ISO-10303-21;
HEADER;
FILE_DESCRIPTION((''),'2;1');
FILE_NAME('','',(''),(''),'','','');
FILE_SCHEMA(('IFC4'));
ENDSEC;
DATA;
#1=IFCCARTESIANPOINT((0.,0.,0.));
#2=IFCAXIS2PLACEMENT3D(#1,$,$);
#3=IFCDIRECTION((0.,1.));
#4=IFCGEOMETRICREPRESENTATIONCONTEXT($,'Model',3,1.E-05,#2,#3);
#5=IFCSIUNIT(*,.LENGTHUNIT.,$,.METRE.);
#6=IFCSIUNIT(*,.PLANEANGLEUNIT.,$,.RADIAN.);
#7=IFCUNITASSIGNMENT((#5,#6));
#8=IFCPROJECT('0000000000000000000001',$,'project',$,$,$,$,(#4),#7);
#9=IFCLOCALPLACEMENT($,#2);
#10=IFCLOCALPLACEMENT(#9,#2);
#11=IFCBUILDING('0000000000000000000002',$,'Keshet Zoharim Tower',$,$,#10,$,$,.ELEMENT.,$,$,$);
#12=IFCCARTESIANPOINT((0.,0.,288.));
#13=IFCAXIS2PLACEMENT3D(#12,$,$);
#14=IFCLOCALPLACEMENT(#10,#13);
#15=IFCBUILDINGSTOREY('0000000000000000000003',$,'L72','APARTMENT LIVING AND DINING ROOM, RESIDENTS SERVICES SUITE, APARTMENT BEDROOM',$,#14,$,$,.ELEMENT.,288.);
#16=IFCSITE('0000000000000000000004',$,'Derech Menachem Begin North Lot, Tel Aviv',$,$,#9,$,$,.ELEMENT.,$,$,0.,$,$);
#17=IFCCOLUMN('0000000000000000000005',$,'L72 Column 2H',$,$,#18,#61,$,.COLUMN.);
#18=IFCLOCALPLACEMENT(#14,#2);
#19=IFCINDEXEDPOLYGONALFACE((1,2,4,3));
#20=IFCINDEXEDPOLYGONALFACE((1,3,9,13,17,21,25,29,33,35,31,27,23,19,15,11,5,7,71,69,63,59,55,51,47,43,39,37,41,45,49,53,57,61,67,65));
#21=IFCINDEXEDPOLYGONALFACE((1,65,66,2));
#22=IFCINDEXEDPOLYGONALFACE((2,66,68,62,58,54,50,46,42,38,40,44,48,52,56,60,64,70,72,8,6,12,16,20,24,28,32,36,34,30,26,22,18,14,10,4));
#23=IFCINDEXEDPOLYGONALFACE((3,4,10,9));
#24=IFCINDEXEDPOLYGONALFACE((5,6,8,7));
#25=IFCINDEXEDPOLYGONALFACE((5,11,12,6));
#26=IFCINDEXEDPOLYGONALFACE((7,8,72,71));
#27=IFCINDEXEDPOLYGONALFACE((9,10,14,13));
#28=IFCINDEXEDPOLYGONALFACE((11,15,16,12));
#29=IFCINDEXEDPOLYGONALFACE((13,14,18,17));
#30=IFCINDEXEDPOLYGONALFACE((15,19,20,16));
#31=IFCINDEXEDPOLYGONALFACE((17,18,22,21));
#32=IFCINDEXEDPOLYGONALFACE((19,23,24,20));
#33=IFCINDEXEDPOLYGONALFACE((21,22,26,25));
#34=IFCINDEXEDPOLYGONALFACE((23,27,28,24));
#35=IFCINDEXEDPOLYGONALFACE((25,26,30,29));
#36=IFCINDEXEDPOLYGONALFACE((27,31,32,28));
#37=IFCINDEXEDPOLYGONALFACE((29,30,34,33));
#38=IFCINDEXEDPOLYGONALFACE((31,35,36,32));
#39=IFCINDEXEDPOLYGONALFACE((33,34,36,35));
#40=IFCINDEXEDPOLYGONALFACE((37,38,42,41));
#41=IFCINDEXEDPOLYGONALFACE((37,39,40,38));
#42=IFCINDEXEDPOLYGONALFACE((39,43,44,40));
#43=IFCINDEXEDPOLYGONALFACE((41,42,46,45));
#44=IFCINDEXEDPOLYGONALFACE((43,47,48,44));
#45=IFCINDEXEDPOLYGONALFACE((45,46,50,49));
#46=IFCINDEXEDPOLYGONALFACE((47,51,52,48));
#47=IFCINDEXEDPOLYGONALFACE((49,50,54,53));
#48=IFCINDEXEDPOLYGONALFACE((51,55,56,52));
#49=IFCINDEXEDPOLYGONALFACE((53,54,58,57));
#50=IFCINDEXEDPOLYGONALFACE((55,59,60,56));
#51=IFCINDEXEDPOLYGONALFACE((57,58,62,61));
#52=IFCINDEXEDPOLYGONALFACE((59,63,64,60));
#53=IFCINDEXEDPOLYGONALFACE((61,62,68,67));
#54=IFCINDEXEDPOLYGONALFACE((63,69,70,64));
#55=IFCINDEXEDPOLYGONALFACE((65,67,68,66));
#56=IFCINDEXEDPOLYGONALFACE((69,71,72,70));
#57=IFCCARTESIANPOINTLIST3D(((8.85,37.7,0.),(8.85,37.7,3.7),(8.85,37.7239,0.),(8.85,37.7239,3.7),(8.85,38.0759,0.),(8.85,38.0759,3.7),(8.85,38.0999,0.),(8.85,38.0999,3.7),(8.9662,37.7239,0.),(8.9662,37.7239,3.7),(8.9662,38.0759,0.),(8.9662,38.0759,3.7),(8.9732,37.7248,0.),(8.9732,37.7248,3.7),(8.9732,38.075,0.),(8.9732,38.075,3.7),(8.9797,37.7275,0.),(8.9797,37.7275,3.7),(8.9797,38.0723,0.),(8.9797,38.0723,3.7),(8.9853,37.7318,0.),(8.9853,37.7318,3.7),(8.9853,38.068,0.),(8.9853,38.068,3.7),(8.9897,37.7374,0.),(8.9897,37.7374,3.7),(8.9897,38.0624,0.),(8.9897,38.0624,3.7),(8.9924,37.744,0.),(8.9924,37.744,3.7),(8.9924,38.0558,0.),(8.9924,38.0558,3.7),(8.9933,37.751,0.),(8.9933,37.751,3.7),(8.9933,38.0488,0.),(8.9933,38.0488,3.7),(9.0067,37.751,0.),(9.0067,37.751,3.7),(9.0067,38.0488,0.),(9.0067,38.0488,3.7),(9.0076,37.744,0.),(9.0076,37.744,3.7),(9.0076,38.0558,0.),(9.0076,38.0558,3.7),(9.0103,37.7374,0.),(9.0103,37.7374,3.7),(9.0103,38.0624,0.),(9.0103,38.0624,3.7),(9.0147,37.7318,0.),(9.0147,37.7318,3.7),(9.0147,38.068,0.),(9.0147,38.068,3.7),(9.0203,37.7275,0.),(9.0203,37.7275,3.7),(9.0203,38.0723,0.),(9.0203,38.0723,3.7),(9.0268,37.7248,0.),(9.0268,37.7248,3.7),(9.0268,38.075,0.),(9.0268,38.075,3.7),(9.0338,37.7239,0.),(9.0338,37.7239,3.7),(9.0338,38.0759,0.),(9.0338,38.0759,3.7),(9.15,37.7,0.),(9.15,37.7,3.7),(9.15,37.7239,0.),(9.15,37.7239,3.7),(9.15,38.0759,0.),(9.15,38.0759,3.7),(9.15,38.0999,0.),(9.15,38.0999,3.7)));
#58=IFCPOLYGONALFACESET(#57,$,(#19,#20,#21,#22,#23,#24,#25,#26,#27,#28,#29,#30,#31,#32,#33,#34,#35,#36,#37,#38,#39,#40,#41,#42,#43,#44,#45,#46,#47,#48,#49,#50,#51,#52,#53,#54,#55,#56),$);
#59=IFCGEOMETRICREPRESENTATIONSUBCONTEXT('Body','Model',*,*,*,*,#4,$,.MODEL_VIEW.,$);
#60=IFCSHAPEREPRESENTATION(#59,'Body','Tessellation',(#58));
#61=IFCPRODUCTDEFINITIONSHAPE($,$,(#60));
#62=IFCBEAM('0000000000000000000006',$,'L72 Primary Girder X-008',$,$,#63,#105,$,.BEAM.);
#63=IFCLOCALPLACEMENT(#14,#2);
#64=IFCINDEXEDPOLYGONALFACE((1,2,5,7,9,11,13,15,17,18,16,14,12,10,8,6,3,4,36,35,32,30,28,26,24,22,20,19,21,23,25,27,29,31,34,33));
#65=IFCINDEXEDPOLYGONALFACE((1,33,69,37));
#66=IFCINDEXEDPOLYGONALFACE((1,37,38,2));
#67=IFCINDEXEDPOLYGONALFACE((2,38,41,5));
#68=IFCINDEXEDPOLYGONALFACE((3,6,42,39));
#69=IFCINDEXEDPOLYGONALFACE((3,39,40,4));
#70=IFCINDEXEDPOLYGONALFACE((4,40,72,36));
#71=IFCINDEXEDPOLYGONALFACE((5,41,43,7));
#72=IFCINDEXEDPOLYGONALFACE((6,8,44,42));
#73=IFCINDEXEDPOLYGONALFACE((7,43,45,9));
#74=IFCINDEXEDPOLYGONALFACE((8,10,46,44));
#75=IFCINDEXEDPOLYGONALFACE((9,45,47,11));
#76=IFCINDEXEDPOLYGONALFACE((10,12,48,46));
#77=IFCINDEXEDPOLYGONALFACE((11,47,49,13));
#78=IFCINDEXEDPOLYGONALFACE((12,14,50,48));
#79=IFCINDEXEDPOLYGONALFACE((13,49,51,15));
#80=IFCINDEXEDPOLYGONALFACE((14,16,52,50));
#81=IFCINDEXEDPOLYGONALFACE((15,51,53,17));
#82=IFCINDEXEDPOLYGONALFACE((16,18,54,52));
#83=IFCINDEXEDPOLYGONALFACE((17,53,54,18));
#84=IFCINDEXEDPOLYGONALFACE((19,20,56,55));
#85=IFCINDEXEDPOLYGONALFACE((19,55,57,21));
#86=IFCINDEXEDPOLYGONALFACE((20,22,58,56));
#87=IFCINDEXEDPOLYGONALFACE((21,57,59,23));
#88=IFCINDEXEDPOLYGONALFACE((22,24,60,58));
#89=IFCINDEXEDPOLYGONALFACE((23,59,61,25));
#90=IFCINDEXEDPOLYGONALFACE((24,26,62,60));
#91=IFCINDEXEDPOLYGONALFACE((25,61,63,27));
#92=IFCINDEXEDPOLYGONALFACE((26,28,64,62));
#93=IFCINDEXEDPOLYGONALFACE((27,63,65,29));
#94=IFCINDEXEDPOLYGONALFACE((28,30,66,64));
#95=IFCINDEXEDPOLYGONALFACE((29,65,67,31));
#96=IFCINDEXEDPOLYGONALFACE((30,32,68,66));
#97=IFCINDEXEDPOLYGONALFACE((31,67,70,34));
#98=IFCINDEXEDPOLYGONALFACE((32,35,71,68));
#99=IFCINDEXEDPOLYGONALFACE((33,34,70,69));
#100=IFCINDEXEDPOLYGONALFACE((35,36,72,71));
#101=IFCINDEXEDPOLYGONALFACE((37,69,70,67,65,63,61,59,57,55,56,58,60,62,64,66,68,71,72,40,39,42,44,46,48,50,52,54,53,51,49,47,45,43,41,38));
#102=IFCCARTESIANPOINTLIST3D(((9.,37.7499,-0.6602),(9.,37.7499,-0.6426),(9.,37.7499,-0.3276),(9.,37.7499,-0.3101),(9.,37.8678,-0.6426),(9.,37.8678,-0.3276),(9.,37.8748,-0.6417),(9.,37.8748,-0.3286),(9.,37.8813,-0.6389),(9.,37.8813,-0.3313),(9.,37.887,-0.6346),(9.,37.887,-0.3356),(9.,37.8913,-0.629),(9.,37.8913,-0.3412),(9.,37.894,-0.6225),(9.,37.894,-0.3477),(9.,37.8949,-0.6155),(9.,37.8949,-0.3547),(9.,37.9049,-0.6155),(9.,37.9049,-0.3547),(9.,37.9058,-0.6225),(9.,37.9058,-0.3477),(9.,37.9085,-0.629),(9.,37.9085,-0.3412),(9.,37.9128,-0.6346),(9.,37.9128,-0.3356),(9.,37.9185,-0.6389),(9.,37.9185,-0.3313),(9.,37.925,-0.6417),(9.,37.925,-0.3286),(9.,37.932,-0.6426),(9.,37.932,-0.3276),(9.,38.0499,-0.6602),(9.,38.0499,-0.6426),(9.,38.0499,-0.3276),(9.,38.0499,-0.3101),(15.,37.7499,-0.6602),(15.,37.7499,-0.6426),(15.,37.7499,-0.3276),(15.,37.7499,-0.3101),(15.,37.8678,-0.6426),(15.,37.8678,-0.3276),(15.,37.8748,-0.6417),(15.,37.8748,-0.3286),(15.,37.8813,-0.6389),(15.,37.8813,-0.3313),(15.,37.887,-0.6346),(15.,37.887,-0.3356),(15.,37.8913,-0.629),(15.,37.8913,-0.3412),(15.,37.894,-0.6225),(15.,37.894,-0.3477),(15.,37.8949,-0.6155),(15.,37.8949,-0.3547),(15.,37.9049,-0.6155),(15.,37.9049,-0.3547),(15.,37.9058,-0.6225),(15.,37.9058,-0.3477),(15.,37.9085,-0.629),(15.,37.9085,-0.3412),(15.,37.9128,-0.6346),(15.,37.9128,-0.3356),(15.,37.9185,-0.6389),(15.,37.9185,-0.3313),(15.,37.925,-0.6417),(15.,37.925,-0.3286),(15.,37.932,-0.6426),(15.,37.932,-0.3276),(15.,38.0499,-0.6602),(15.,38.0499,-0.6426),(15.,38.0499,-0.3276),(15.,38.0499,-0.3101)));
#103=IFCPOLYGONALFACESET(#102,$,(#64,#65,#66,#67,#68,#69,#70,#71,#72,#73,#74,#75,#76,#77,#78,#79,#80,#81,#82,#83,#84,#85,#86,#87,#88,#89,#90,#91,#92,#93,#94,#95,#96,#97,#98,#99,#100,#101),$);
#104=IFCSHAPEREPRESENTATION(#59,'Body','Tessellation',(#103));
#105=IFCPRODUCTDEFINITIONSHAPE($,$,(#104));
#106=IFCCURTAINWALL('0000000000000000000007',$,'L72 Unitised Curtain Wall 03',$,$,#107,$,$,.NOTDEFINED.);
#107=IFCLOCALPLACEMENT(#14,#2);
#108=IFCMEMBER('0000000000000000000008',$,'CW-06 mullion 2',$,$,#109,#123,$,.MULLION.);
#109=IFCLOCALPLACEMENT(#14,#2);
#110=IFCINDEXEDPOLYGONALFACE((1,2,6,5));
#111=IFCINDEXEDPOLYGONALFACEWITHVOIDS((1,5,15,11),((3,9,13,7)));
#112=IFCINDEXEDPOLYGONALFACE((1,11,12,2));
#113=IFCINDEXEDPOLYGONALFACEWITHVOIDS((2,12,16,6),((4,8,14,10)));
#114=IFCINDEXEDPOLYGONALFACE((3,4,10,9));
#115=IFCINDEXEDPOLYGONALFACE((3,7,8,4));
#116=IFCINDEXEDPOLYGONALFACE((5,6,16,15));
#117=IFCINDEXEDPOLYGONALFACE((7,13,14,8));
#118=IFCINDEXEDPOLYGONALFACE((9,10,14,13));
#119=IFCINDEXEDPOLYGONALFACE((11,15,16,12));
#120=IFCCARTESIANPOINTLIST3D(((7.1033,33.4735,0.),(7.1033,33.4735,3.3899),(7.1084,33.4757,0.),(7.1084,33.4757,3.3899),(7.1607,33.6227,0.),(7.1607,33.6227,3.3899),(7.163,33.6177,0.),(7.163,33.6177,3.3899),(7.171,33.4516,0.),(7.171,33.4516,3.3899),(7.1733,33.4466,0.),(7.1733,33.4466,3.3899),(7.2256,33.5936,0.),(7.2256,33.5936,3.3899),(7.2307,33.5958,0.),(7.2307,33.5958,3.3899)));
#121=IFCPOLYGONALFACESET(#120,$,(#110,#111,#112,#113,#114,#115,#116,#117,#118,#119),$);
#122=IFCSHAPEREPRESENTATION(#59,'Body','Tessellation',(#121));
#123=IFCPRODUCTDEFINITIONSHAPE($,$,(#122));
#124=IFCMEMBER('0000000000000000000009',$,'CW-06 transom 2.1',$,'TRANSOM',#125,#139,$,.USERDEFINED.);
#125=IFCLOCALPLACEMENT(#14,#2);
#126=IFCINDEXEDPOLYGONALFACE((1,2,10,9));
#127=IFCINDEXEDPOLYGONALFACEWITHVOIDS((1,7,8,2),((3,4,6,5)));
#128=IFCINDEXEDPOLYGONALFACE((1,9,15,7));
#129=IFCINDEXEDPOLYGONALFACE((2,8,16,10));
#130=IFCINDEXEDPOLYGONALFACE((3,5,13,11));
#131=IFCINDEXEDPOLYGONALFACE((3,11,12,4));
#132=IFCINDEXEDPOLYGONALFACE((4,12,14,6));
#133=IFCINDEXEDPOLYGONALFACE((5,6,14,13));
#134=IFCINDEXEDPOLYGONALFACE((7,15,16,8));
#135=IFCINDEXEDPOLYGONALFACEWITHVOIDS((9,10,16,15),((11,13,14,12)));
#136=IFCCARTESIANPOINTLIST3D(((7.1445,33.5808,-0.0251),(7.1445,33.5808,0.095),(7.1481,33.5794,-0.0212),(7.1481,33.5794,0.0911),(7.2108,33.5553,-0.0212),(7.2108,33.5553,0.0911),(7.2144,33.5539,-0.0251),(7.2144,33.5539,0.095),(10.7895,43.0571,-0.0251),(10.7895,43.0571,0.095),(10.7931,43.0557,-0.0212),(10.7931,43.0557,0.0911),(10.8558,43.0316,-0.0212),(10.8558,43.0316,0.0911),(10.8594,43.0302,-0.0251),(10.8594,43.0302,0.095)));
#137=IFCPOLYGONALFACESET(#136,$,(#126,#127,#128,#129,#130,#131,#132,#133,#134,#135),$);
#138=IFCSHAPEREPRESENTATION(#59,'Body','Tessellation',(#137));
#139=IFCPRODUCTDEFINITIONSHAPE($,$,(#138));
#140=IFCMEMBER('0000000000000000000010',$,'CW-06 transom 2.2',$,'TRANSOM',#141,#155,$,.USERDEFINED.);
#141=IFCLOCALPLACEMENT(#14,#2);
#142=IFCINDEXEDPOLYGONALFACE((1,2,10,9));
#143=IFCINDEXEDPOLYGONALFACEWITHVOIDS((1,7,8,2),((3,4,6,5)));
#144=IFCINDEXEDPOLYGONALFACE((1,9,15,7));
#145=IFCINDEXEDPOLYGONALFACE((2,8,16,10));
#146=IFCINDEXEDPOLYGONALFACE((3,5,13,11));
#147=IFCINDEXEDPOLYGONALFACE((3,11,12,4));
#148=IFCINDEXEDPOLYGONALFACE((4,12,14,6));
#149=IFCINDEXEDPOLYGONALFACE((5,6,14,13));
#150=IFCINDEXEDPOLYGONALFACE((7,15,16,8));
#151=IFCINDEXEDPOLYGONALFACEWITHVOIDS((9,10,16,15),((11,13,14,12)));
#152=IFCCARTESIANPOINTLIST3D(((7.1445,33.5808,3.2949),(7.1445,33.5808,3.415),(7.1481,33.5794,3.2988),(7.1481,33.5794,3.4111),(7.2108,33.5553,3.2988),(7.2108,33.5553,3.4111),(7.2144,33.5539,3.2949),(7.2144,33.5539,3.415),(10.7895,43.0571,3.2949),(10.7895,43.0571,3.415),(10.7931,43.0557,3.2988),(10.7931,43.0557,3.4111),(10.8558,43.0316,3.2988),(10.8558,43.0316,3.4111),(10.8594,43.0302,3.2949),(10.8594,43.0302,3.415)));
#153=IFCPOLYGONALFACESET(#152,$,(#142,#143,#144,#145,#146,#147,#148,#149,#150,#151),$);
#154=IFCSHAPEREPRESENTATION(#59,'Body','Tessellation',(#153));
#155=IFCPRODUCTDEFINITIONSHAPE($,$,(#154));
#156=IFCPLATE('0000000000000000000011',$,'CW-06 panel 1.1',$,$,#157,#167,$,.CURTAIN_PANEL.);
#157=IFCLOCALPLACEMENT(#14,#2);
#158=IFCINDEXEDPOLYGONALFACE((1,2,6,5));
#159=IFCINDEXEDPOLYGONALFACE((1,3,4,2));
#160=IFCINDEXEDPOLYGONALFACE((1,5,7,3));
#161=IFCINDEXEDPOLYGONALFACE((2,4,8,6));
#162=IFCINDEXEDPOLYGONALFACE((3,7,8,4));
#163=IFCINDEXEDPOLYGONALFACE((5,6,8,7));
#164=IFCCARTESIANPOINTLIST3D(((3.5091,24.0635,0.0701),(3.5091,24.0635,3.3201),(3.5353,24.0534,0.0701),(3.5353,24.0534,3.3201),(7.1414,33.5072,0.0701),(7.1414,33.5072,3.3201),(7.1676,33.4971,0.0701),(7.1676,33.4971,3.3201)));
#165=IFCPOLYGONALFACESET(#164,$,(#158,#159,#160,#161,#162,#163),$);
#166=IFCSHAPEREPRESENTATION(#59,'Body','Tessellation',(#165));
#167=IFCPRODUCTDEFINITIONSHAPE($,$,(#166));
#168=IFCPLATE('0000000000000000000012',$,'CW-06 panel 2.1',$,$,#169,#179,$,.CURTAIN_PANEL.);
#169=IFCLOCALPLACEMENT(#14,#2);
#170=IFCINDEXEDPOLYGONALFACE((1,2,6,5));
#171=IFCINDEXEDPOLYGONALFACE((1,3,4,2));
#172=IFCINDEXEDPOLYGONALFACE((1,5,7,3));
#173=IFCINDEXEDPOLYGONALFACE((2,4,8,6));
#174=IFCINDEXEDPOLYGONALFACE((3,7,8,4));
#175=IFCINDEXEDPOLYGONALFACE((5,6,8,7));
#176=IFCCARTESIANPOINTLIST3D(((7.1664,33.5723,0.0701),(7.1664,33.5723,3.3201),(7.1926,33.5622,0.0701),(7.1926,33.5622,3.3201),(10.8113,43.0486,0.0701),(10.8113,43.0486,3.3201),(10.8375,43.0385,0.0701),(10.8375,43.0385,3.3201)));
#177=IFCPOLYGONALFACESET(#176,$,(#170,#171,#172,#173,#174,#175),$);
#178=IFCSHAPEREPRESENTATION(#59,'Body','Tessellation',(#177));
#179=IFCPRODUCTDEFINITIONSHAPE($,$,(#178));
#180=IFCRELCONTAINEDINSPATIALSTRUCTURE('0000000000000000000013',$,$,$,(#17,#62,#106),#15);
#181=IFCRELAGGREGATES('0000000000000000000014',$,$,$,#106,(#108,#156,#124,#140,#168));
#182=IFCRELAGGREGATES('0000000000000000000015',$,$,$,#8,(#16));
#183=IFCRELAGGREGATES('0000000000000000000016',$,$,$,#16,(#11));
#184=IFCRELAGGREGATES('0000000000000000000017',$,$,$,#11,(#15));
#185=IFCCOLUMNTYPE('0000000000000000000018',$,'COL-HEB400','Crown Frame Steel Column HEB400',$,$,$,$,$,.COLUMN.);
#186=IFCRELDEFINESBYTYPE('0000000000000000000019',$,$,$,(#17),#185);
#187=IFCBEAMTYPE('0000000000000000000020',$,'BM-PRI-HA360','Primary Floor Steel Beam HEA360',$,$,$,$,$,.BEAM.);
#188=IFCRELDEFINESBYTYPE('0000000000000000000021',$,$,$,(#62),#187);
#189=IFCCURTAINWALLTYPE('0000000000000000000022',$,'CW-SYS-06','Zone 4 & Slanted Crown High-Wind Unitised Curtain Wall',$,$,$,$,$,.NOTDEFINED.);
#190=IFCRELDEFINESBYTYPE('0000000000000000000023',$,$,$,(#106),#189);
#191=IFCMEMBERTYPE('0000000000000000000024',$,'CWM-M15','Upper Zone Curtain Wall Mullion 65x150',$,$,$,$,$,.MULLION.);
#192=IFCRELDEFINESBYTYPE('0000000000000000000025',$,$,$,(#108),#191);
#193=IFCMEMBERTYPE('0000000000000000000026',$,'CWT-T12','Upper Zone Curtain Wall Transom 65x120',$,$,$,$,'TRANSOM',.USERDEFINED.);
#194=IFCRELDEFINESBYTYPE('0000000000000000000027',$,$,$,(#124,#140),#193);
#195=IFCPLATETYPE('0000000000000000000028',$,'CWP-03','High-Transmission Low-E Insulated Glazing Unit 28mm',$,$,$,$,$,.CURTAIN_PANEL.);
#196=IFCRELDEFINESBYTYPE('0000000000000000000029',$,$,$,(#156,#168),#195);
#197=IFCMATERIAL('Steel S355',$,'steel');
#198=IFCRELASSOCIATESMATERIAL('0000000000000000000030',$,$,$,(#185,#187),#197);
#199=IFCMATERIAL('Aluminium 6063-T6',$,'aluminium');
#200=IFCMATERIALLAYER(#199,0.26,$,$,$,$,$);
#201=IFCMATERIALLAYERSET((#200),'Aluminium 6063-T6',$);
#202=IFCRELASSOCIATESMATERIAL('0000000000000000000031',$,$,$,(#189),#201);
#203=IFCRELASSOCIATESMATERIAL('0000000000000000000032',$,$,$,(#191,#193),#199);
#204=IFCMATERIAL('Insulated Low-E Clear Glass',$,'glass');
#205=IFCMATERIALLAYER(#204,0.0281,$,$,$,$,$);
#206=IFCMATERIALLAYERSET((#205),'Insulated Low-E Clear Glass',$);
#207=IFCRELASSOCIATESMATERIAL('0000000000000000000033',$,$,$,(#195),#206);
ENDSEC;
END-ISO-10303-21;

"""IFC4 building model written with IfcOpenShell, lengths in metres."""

from ifc_helpers import new_model, si_unit, direction, frame, origin, origin_2d, place, context, subcontext, project, spatial, rectangle, hollow_rectangle, i_section, extrude, material, layer, layer_set, material_profile, profile_set, type_object, element, aggregate, save


model = new_model("IFC4")

# Units and contexts
model_context = context("Model", 3, precision=1e-05, world=origin(), true_north=direction((0.0, 1.0)))
body_context = subcontext(model_context, "Body", "Model", "MODEL_VIEW")
ifc_project = project(units=[si_unit("LENGTHUNIT", "METRE"), si_unit("PLANEANGLEUNIT", "RADIAN")], contexts=[model_context])

# Site, building, storey
site_placement = place(None, origin())
site = spatial("IfcSite", under=ifc_project, at=site_placement, Name="Derech Menachem Begin North Lot, Tel Aviv", CompositionType="ELEMENT", RefElevation=0.0)
building_placement = place(site_placement, origin())
building = spatial("IfcBuilding", under=site, at=building_placement, Name="Keshet Zoharim Tower", CompositionType="ELEMENT")
storey_placement = place(building_placement, frame((0.0, 0.0, 288.0)))
storey = spatial("IfcBuildingStorey", under=building, at=storey_placement, Name="L72", Description="APARTMENT LIVING AND DINING ROOM, RESIDENTS SERVICES SUITE, APARTMENT BEDROOM", CompositionType="ELEMENT", Elevation=288.0)

# Column
ifc_material_1 = material(Name="Steel S355", Category="steel")
ifc_material_profile_1 = material_profile(ifc_material_1, i_section(OverallWidth=0.3, OverallDepth=0.3999, WebThickness=0.0134, FlangeThickness=0.0239, FilletRadius=0.0271, at=origin_2d()), Name="HEB400")
ifc_profile_set_1 = profile_set([ifc_material_profile_1], Name="Steel S355")
column_type = type_object("IfcColumnType", Name="COL-HEB400", Description="Crown Frame Steel Column HEB400", PredefinedType="COLUMN", material=ifc_profile_set_1)
column_placement = place(storey_placement, frame((9.0, 37.8999, 0.0), z_axis=(0.0, 0.0, 1.0), x_axis=(1.0, 0.0, 0.0)))
element("IfcColumn", 1, at=column_placement, inside=storey, type_object=column_type, Name="L72 Column 2H", PredefinedType="COLUMN", context=body_context, shape_type="SweptSolid", body=[
    extrude(i_section(OverallWidth=0.3, OverallDepth=0.3999, WebThickness=0.0134, FlangeThickness=0.0239, FilletRadius=0.0271, at=origin_2d()), origin(), (0.0, 0.0, 1.0), 3.7),
])

# Beam
ifc_material_profile_2 = material_profile(ifc_material_1, i_section(OverallWidth=0.3, OverallDepth=0.3501, WebThickness=0.01, FlangeThickness=0.0176, FilletRadius=0.0271, at=origin_2d()), Name="HEA360")
ifc_profile_set_2 = profile_set([ifc_material_profile_2], Name="Steel S355")
beam_type = type_object("IfcBeamType", Name="BM-PRI-HA360", Description="Primary Floor Steel Beam HEA360", PredefinedType="BEAM", material=ifc_profile_set_2)
beam_placement = place(storey_placement, frame((9.0, 37.8999, -0.4851), z_axis=(1.0, 0.0, 0.0), x_axis=(0.0, 1.0, 0.0)))
element("IfcBeam", 2, at=beam_placement, inside=storey, type_object=beam_type, Name="L72 Primary Girder X-008", PredefinedType="BEAM", context=body_context, shape_type="SweptSolid", body=[
    extrude(i_section(OverallWidth=0.3, OverallDepth=0.3501, WebThickness=0.01, FlangeThickness=0.0176, FilletRadius=0.0271, at=origin_2d()), origin(), (0.0, 0.0, 1.0), 6.0),
])

# Curtain wall, members, plates
ifc_material_2 = material(Name="Aluminium 6063-T6", Category="aluminium")
ifc_layer_1 = layer(ifc_material_2, 0.26)
ifc_layer_set_1 = layer_set([ifc_layer_1], Name="Aluminium 6063-T6")
curtain_wall_type = type_object("IfcCurtainWallType", Name="CW-SYS-06", Description="Zone 4 & Slanted Crown High-Wind Unitised Curtain Wall", PredefinedType="NOTDEFINED", material=ifc_layer_set_1)
curtain_wall_placement = place(storey_placement, origin())
curtain_wall = element("IfcCurtainWall", 3, at=curtain_wall_placement, inside=storey, type_object=curtain_wall_type, Name="L72 Unitised Curtain Wall 03", PredefinedType="NOTDEFINED")
ifc_material_profile_3 = material_profile(ifc_material_2, hollow_rectangle(XDim=0.075, YDim=0.1599, WallThickness=0.0039, at=origin_2d()), Name="MUL-75x160")
ifc_profile_set_3 = profile_set([ifc_material_profile_3], Name="Aluminium 6063-T6")
member_type_1 = type_object("IfcMemberType", Name="CWM-M15", Description="Upper Zone Curtain Wall Mullion 65x150", PredefinedType="MULLION", material=ifc_profile_set_3)
member_1_placement = place(storey_placement, frame((7.167, 33.5347, 0.0), z_axis=(0.0, 0.0, 1.0), x_axis=(-0.933341, 0.35899, 0.0)))
member_1 = element("IfcMember", 4, at=member_1_placement, type_object=member_type_1, Name="CW-06 mullion 2", PredefinedType="MULLION", context=body_context, shape_type="SweptSolid", body=[
    extrude(hollow_rectangle(XDim=0.075, YDim=0.1599, WallThickness=0.0039, at=origin_2d()), origin(), (0.0, 0.0, 1.0), 3.3899),
])
ifc_material_profile_4 = material_profile(ifc_material_2, hollow_rectangle(XDim=0.075, YDim=0.1201, WallThickness=0.0039, at=origin_2d()), Name="TRN-75x120")
ifc_profile_set_4 = profile_set([ifc_material_profile_4], Name="Aluminium 6063-T6")
member_type_2 = type_object("IfcMemberType", Name="CWT-T12", Description="Upper Zone Curtain Wall Transom 65x120", ElementType="TRANSOM", PredefinedType="USERDEFINED", material=ifc_profile_set_4)
member_2_placement = place(storey_placement, frame((7.1794, 33.5674, 0.0349), z_axis=(0.359003, 0.933336, 0.0), x_axis=(-0.933336, 0.359003, 0.0)))
member_2 = element("IfcMember", 5, at=member_2_placement, type_object=member_type_2, Name="CW-06 transom 2.1", ObjectType="TRANSOM", PredefinedType="USERDEFINED", context=body_context, shape_type="SweptSolid", body=[
    extrude(hollow_rectangle(XDim=0.075, YDim=0.1201, WallThickness=0.0039, at=origin_2d()), origin(), (0.0, 0.0, 1.0), 10.1531),
])
member_3_placement = place(storey_placement, frame((7.1794, 33.5674, 3.355), z_axis=(0.359003, 0.933336, 0.0), x_axis=(-0.933336, 0.359003, 0.0)))
member_3 = element("IfcMember", 6, at=member_3_placement, type_object=member_type_2, Name="CW-06 transom 2.2", ObjectType="TRANSOM", PredefinedType="USERDEFINED", context=body_context, shape_type="SweptSolid", body=[
    extrude(hollow_rectangle(XDim=0.075, YDim=0.1201, WallThickness=0.0039, at=origin_2d()), origin(), (0.0, 0.0, 1.0), 10.1531),
])
ifc_material_3 = material(Name="Insulated Low-E Clear Glass", Category="glass")
ifc_layer_2 = layer(ifc_material_3, 0.0281)
ifc_layer_set_2 = layer_set([ifc_layer_2], Name="Insulated Low-E Clear Glass")
plate_type = type_object("IfcPlateType", Name="CWP-03", Description="High-Transmission Low-E Insulated Glazing Unit 28mm", PredefinedType="CURTAIN_PANEL", material=ifc_layer_set_2)
plate_1_placement = place(storey_placement, frame((5.3384, 28.7803, 0.0701), z_axis=(0.0, 0.0, 1.0), x_axis=(0.35899, 0.933341, 0.0)))
plate_1 = element("IfcPlate", 7, at=plate_1_placement, type_object=plate_type, Name="CW-06 panel 1.1", PredefinedType="CURTAIN_PANEL", context=body_context, shape_type="SweptSolid", body=[
    extrude(rectangle(XDim=10.1182, YDim=0.0281, at=origin_2d()), origin(), (0.0, 0.0, 1.0), 3.25),
])
plate_2_placement = place(storey_placement, frame((9.002, 38.3054, 0.0701), z_axis=(0.0, 0.0, 1.0), x_axis=(0.35899, 0.933341, 0.0)))
plate_2 = element("IfcPlate", 8, at=plate_2_placement, type_object=plate_type, Name="CW-06 panel 2.1", PredefinedType="CURTAIN_PANEL", context=body_context, shape_type="SweptSolid", body=[
    extrude(rectangle(XDim=10.1531, YDim=0.0281, at=origin_2d()), origin(), (0.0, 0.0, 1.0), 3.25),
])
aggregate(curtain_wall, [member_1, plate_1, member_2, member_3, plate_2])

save(model, "model.ifc")
